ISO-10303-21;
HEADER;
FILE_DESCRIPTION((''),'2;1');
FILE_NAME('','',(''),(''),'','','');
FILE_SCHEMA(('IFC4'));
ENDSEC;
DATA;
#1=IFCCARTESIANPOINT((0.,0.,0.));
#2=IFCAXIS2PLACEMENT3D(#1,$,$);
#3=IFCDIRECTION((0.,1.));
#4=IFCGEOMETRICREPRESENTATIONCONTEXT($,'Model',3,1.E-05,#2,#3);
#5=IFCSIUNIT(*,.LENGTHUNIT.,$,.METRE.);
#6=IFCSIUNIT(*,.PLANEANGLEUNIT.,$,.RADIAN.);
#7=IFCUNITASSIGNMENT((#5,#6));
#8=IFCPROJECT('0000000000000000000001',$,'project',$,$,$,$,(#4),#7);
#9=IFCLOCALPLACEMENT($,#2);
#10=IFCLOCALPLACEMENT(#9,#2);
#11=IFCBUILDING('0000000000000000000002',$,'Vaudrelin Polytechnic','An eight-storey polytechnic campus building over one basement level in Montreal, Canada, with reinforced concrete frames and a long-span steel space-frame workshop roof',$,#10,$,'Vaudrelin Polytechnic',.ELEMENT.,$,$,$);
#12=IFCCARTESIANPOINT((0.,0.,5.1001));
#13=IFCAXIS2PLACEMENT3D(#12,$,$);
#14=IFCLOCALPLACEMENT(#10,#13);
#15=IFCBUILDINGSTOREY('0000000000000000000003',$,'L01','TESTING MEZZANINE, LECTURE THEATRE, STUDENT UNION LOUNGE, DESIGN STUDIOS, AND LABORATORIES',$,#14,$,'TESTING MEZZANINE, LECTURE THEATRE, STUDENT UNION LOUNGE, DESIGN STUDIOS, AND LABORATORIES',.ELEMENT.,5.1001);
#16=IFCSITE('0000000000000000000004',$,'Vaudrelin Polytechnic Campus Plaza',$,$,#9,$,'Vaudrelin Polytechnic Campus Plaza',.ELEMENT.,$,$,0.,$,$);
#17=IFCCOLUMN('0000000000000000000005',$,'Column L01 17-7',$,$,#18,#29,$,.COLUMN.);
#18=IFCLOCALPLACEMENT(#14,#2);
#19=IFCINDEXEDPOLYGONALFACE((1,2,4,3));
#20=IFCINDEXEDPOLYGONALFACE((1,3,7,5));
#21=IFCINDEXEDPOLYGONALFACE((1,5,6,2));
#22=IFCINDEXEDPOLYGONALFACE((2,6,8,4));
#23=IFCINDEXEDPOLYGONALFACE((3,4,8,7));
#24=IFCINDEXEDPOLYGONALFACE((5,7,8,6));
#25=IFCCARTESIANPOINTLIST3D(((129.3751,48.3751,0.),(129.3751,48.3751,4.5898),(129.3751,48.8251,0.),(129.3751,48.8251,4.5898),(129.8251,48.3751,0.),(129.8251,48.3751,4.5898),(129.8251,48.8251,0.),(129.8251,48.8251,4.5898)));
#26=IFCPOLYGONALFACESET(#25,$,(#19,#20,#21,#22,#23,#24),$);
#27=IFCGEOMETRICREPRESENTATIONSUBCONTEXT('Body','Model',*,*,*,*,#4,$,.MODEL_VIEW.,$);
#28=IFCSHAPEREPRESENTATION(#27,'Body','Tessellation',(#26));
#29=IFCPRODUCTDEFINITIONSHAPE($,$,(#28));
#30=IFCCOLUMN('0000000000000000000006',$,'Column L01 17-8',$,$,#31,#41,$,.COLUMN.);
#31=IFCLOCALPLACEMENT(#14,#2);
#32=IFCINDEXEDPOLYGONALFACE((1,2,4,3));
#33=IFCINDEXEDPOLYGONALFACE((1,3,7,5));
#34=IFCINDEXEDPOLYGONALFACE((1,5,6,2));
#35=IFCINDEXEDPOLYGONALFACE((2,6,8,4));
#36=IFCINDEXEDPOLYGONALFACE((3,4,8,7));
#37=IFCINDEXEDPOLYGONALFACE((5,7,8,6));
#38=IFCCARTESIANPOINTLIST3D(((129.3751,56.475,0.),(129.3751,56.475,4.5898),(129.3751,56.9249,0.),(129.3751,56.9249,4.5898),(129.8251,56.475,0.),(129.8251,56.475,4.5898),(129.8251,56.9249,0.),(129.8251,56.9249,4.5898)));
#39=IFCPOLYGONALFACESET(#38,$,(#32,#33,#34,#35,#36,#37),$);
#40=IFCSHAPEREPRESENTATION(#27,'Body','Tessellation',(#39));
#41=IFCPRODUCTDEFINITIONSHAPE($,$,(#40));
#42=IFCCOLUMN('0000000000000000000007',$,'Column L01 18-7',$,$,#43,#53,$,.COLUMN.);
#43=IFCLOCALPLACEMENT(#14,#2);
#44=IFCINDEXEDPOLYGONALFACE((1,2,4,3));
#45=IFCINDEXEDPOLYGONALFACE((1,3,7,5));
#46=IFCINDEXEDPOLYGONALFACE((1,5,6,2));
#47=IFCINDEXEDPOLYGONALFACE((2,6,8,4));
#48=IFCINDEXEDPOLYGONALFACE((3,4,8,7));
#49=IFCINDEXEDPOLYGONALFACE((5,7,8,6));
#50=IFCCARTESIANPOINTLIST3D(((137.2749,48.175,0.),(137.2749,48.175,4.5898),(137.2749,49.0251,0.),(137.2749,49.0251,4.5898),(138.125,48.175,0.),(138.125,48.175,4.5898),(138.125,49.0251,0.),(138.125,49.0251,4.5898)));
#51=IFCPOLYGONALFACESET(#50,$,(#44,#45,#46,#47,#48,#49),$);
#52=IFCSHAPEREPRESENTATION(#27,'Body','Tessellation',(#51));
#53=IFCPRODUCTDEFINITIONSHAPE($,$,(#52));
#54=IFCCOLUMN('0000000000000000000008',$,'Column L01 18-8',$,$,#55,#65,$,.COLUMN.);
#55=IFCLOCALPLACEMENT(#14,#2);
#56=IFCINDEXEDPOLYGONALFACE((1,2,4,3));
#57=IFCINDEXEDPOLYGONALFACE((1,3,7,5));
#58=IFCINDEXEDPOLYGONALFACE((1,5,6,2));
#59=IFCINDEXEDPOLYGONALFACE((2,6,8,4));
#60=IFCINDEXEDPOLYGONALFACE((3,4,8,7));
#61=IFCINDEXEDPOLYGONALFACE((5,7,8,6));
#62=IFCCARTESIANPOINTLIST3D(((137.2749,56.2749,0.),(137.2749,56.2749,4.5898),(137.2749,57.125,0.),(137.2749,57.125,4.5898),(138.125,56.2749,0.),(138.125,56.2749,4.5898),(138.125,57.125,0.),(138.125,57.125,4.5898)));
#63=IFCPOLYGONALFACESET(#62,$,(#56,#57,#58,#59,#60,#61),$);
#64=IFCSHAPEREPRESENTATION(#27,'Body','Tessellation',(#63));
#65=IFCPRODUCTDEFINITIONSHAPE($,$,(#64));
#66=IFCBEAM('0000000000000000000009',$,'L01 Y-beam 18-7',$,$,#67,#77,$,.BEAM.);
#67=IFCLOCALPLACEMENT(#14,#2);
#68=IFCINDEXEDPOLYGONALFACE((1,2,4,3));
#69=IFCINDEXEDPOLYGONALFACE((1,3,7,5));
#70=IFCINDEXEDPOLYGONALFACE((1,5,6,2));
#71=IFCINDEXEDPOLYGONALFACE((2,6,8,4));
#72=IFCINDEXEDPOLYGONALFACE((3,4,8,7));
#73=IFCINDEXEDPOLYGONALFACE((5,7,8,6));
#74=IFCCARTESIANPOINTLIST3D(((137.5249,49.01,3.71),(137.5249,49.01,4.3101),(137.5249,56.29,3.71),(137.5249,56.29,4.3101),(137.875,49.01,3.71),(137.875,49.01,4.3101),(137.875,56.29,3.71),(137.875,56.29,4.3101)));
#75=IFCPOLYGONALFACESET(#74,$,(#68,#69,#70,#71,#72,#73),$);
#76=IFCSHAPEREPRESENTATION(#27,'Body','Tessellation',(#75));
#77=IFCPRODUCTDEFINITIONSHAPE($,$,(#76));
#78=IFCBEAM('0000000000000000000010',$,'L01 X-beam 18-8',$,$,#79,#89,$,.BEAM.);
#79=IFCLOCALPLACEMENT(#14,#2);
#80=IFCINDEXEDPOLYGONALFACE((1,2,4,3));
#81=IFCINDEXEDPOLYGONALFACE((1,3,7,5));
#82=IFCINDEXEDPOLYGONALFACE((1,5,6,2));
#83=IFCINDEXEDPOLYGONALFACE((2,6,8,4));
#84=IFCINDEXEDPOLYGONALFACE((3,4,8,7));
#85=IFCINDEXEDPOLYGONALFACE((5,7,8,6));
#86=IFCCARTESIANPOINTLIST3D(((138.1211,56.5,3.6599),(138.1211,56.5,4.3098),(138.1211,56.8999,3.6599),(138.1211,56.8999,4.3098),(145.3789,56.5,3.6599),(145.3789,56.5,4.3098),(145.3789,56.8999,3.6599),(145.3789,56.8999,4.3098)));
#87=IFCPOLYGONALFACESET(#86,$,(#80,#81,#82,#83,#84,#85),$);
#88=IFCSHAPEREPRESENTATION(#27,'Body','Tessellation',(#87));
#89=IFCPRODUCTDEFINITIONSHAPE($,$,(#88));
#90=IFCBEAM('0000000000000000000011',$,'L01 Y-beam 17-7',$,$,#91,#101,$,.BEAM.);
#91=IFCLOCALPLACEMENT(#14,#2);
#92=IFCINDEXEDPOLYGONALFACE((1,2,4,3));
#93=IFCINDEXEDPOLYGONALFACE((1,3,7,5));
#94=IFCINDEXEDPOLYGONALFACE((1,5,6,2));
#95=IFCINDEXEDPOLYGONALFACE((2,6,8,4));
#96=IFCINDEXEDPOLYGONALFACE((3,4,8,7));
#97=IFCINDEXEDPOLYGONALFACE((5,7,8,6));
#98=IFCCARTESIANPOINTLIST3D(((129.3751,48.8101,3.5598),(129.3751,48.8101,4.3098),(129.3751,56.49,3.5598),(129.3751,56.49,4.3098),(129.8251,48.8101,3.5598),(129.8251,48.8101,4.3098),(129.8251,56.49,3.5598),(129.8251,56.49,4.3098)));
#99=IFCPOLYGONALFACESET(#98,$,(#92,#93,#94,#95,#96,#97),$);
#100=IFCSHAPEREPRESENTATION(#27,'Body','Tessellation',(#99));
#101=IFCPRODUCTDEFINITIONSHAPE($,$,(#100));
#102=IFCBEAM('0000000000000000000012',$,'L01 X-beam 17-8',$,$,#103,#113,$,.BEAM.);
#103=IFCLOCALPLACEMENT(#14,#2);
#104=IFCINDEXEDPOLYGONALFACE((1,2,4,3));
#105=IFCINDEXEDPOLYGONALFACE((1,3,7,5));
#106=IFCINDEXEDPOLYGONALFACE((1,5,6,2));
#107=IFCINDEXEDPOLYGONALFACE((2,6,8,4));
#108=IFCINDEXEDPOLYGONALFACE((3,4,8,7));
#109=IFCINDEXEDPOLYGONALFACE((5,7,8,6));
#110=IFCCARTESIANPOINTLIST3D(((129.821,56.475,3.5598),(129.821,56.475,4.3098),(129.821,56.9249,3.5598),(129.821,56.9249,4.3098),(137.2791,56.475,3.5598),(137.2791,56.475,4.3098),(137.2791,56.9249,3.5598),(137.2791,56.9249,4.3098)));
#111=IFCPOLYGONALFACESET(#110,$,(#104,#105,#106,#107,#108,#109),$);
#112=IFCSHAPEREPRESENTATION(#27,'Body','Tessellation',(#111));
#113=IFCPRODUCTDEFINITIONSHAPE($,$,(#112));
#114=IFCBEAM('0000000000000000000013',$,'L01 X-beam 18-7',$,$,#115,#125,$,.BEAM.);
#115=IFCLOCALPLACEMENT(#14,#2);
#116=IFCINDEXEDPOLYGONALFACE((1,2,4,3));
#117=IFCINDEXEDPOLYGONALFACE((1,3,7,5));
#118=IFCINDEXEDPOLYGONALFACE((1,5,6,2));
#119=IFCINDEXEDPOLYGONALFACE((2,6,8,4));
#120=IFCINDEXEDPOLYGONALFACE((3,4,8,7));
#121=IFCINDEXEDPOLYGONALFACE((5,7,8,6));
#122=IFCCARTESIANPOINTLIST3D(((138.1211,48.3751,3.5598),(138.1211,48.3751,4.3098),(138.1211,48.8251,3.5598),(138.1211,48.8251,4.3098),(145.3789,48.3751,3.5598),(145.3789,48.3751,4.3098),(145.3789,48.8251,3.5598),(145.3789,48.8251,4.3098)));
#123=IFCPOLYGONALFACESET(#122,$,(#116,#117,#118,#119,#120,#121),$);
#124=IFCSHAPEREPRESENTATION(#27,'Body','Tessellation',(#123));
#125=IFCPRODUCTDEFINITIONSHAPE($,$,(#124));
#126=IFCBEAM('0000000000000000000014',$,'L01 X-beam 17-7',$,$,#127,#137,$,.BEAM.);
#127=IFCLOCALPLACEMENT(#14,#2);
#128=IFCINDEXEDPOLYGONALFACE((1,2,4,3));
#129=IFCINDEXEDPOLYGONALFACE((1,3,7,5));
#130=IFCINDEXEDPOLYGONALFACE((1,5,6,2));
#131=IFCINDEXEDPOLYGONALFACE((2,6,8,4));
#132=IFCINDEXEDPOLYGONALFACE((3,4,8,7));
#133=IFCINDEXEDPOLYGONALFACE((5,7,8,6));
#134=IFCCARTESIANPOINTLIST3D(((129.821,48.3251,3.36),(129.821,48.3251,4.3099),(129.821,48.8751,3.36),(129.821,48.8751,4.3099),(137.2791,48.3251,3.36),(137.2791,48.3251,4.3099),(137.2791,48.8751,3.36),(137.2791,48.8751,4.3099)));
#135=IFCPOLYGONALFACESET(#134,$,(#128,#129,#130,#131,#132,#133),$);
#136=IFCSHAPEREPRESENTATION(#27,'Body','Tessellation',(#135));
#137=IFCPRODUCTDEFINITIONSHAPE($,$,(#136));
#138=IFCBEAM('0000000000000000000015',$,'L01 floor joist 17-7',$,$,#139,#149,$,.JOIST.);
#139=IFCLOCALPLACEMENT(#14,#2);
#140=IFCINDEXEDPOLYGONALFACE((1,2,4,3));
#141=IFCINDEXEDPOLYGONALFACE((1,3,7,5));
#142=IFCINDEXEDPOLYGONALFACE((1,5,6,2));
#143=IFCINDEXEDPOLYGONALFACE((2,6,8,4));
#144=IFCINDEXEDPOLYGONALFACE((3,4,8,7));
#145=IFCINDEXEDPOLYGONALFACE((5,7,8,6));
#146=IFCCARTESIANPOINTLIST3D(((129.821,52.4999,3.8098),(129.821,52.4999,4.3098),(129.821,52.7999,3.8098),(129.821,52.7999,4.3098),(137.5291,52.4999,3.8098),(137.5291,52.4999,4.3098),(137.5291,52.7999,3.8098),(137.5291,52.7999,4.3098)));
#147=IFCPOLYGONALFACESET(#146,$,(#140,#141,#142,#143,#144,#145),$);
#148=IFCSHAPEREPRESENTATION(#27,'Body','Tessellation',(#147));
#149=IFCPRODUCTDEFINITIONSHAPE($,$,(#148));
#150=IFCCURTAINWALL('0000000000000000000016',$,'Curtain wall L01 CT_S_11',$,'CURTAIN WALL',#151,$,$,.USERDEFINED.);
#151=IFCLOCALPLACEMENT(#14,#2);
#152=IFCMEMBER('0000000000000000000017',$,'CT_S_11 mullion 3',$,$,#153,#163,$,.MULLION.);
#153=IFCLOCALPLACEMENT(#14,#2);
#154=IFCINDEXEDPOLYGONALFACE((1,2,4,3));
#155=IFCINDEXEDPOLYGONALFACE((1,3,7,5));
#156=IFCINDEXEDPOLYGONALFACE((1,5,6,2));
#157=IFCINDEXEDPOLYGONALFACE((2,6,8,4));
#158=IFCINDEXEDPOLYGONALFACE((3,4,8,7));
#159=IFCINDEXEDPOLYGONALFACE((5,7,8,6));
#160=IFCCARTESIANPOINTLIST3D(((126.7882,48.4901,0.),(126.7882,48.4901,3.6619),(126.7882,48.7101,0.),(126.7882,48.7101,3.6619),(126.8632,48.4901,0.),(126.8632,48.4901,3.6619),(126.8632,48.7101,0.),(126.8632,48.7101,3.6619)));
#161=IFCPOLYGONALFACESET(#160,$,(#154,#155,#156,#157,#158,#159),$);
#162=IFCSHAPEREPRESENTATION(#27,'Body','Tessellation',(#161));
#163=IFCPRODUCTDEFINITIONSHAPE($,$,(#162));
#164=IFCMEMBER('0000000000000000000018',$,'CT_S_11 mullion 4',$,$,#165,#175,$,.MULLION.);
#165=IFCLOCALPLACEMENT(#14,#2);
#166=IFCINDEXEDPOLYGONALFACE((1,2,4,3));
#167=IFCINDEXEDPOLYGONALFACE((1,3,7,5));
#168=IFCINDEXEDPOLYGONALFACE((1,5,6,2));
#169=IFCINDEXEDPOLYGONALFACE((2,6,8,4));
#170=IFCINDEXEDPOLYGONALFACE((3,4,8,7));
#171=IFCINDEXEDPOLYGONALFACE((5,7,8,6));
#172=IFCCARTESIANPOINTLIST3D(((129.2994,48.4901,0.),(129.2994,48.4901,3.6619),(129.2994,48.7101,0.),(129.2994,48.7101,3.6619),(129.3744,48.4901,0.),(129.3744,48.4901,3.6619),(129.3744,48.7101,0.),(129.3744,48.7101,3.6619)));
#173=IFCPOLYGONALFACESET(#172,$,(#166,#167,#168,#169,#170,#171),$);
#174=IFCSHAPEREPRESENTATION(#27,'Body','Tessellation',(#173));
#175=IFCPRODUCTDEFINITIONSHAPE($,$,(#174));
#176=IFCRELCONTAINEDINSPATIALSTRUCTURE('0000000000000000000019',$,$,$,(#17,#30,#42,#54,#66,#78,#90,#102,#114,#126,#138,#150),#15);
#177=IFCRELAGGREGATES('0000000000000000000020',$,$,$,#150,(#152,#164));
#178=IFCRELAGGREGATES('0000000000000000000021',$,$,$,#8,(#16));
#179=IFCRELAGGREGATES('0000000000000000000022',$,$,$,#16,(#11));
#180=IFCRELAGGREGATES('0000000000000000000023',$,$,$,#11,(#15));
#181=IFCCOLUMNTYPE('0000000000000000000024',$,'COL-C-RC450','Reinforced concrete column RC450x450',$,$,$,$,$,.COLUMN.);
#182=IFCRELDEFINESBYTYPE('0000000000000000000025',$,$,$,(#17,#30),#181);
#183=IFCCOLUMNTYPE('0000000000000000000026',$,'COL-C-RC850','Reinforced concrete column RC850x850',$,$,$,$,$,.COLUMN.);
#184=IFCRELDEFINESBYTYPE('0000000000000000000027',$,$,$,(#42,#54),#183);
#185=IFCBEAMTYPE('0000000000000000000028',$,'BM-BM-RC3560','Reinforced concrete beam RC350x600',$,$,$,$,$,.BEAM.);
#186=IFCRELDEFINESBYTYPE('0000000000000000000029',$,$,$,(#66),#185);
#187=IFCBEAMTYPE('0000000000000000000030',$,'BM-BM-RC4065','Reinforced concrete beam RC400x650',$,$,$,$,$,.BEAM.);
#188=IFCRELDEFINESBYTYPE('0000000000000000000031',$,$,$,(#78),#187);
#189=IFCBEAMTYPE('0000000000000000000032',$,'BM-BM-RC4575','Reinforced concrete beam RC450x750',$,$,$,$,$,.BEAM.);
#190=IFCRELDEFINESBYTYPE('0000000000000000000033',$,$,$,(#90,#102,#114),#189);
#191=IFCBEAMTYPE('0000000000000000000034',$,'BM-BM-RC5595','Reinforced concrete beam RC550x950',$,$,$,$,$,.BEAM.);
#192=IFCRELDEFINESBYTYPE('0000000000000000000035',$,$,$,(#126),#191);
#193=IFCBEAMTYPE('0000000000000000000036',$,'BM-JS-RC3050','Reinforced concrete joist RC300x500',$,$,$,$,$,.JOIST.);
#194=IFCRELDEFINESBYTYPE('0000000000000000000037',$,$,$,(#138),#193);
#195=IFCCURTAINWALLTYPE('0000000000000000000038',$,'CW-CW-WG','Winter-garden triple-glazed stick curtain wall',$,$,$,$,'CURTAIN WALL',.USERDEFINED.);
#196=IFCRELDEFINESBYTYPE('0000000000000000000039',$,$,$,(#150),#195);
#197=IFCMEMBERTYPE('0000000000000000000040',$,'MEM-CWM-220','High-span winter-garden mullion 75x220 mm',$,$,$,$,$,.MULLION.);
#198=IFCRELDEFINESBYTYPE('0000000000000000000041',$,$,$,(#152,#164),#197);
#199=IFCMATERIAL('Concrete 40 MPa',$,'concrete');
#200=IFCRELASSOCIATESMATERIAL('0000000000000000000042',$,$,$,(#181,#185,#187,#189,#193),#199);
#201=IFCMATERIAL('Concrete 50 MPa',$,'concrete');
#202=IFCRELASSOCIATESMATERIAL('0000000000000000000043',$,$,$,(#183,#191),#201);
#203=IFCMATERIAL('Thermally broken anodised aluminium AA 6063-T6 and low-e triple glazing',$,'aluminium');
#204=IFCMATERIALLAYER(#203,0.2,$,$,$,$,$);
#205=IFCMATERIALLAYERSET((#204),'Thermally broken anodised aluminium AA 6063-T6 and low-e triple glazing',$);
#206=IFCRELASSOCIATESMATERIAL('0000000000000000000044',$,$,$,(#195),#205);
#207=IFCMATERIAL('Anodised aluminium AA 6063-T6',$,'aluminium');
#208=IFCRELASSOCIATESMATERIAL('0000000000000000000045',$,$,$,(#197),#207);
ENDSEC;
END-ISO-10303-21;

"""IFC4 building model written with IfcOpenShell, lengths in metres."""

from ifc_helpers import new_model, si_unit, direction, frame, origin, origin_2d, place, context, subcontext, project, spatial, rectangle, extrude, material, layer, layer_set, material_profile, profile_set, type_object, element, aggregate, save


model = new_model("IFC4")

# Units and contexts
model_context = context("Model", 3, precision=1e-05, world=origin(), true_north=direction((0.0, 1.0)))
body_context = subcontext(model_context, "Body", "Model", "MODEL_VIEW")
ifc_project = project(units=[si_unit("LENGTHUNIT", "METRE"), si_unit("PLANEANGLEUNIT", "RADIAN")], contexts=[model_context])

# Site, building, storey
site_placement = place(None, origin())
site = spatial("IfcSite", under=ifc_project, at=site_placement, Name="Vaudrelin Polytechnic Campus Plaza", LongName="Vaudrelin Polytechnic Campus Plaza", CompositionType="ELEMENT", RefElevation=0.0)
building_placement = place(site_placement, origin())
building = spatial("IfcBuilding", under=site, at=building_placement, Name="Vaudrelin Polytechnic", Description="An eight-storey polytechnic campus building over one basement level in Montreal, Canada, with reinforced concrete frames and a long-span steel space-frame workshop roof", LongName="Vaudrelin Polytechnic", CompositionType="ELEMENT")
storey_placement = place(building_placement, frame((0.0, 0.0, 5.1001)))
storey = spatial("IfcBuildingStorey", under=building, at=storey_placement, Name="L01", Description="TESTING MEZZANINE, LECTURE THEATRE, STUDENT UNION LOUNGE, DESIGN STUDIOS, AND LABORATORIES", LongName="TESTING MEZZANINE, LECTURE THEATRE, STUDENT UNION LOUNGE, DESIGN STUDIOS, AND LABORATORIES", CompositionType="ELEMENT", Elevation=5.1001)

# Columns
ifc_material_1 = material(Name="Concrete 40 MPa", Category="concrete")
ifc_material_profile_1 = material_profile(ifc_material_1, rectangle(XDim=0.45, YDim=0.45, at=origin_2d()), Name="RC450x450")
ifc_profile_set_1 = profile_set([ifc_material_profile_1], Name="Concrete 40 MPa")
column_type_1 = type_object("IfcColumnType", Name="COL-C-RC450", Description="Reinforced concrete column RC450x450", PredefinedType="COLUMN", material=ifc_profile_set_1)
for number, where, z_axis, x_axis, name in (
    (1, (129.6001, 48.6001, 0.0), (0.0, 0.0, 1.0), (1.0, 0.0, 0.0), "Column L01 17-7"),
    (2, (129.6001, 56.7, 0.0), (0.0, 0.0, 1.0), (1.0, 0.0, 0.0), "Column L01 17-8"),
):
    element("IfcColumn", number, at=place(storey_placement, frame(where, z_axis=z_axis, x_axis=x_axis)), inside=storey, type_object=column_type_1, Name=name, PredefinedType="COLUMN", context=body_context, shape_type="SweptSolid", body=[
        extrude(rectangle(XDim=0.45, YDim=0.45, at=origin_2d()), origin(), (0.0, 0.0, 1.0), 4.5898),
    ])
ifc_material_2 = material(Name="Concrete 50 MPa", Category="concrete")
ifc_material_profile_2 = material_profile(ifc_material_2, rectangle(XDim=0.8501, YDim=0.8501, at=origin_2d()), Name="RC850x850")
ifc_profile_set_2 = profile_set([ifc_material_profile_2], Name="Concrete 50 MPa")
column_type_2 = type_object("IfcColumnType", Name="COL-C-RC850", Description="Reinforced concrete column RC850x850", PredefinedType="COLUMN", material=ifc_profile_set_2)
for number, where, z_axis, x_axis, name in (
    (3, (137.7, 48.6001, 0.0), (0.0, 0.0, 1.0), (1.0, 0.0, 0.0), "Column L01 18-7"),
    (4, (137.7, 56.7, 0.0), (0.0, 0.0, 1.0), (1.0, 0.0, 0.0), "Column L01 18-8"),
):
    element("IfcColumn", number, at=place(storey_placement, frame(where, z_axis=z_axis, x_axis=x_axis)), inside=storey, type_object=column_type_2, Name=name, PredefinedType="COLUMN", context=body_context, shape_type="SweptSolid", body=[
        extrude(rectangle(XDim=0.8501, YDim=0.8501, at=origin_2d()), origin(), (0.0, 0.0, 1.0), 4.5898),
    ])

# Beams
ifc_material_profile_3 = material_profile(ifc_material_1, rectangle(XDim=0.3501, YDim=0.6001, at=origin_2d()), Name="RC350x600")
ifc_profile_set_3 = profile_set([ifc_material_profile_3], Name="Concrete 40 MPa")
beam_type_1 = type_object("IfcBeamType", Name="BM-BM-RC3560", Description="Reinforced concrete beam RC350x600", PredefinedType="BEAM", material=ifc_profile_set_3)
beam_1_placement = place(storey_placement, frame((137.7, 49.01, 4.01), z_axis=(0.0, 1.0, 0.0), x_axis=(-1.0, 0.0, 0.0)))
element("IfcBeam", 5, at=beam_1_placement, inside=storey, type_object=beam_type_1, Name="L01 Y-beam 18-7", PredefinedType="BEAM", context=body_context, shape_type="SweptSolid", body=[
    extrude(rectangle(XDim=0.3501, YDim=0.6001, at=origin_2d()), origin(), (0.0, 0.0, 1.0), 7.28),
])
ifc_material_profile_4 = material_profile(ifc_material_1, rectangle(XDim=0.3999, YDim=0.6499, at=origin_2d()), Name="RC400x650")
ifc_profile_set_4 = profile_set([ifc_material_profile_4], Name="Concrete 40 MPa")
beam_type_2 = type_object("IfcBeamType", Name="BM-BM-RC4065", Description="Reinforced concrete beam RC400x650", PredefinedType="BEAM", material=ifc_profile_set_4)
beam_2_placement = place(storey_placement, frame((138.1211, 56.7, 3.9849), z_axis=(1.0, 0.0, 0.0), x_axis=(0.0, 1.0, 0.0)))
element("IfcBeam", 6, at=beam_2_placement, inside=storey, type_object=beam_type_2, Name="L01 X-beam 18-8", PredefinedType="BEAM", context=body_context, shape_type="SweptSolid", body=[
    extrude(rectangle(XDim=0.3999, YDim=0.6499, at=origin_2d()), origin(), (0.0, 0.0, 1.0), 7.2578),
])
ifc_material_profile_5 = material_profile(ifc_material_1, rectangle(XDim=0.45, YDim=0.75, at=origin_2d()), Name="RC450x750")
ifc_profile_set_5 = profile_set([ifc_material_profile_5], Name="Concrete 40 MPa")
beam_type_3 = type_object("IfcBeamType", Name="BM-BM-RC4575", Description="Reinforced concrete beam RC450x750", PredefinedType="BEAM", material=ifc_profile_set_5)
beam_3_placement = place(storey_placement, frame((129.6001, 48.8101, 3.9348), z_axis=(0.0, 1.0, 0.0), x_axis=(-1.0, 0.0, 0.0)))
element("IfcBeam", 7, at=beam_3_placement, inside=storey, type_object=beam_type_3, Name="L01 Y-beam 17-7", PredefinedType="BEAM", context=body_context, shape_type="SweptSolid", body=[
    extrude(rectangle(XDim=0.45, YDim=0.75, at=origin_2d()), origin(), (0.0, 0.0, 1.0), 7.6799),
])
beam_4_placement = place(storey_placement, frame((129.821, 56.7, 3.9348), z_axis=(1.0, 0.0, 0.0), x_axis=(0.0, 1.0, 0.0)))
element("IfcBeam", 8, at=beam_4_placement, inside=storey, type_object=beam_type_3, Name="L01 X-beam 17-8", PredefinedType="BEAM", context=body_context, shape_type="SweptSolid", body=[
    extrude(rectangle(XDim=0.45, YDim=0.75, at=origin_2d()), origin(), (0.0, 0.0, 1.0), 7.458),
])
beam_5_placement = place(storey_placement, frame((138.1211, 48.6001, 3.9348), z_axis=(1.0, 0.0, 0.0), x_axis=(0.0, 1.0, 0.0)))
element("IfcBeam", 9, at=beam_5_placement, inside=storey, type_object=beam_type_3, Name="L01 X-beam 18-7", PredefinedType="BEAM", context=body_context, shape_type="SweptSolid", body=[
    extrude(rectangle(XDim=0.45, YDim=0.75, at=origin_2d()), origin(), (0.0, 0.0, 1.0), 7.2578),
])
ifc_material_profile_6 = material_profile(ifc_material_2, rectangle(XDim=0.55, YDim=0.95, at=origin_2d()), Name="RC550x950")
ifc_profile_set_6 = profile_set([ifc_material_profile_6], Name="Concrete 50 MPa")
beam_type_4 = type_object("IfcBeamType", Name="BM-BM-RC5595", Description="Reinforced concrete beam RC550x950", PredefinedType="BEAM", material=ifc_profile_set_6)
beam_6_placement = place(storey_placement, frame((129.821, 48.6001, 3.835), z_axis=(1.0, 0.0, 0.0), x_axis=(0.0, 1.0, 0.0)))
element("IfcBeam", 10, at=beam_6_placement, inside=storey, type_object=beam_type_4, Name="L01 X-beam 17-7", PredefinedType="BEAM", context=body_context, shape_type="SweptSolid", body=[
    extrude(rectangle(XDim=0.55, YDim=0.95, at=origin_2d()), origin(), (0.0, 0.0, 1.0), 7.458),
])
ifc_material_profile_7 = material_profile(ifc_material_1, rectangle(XDim=0.3, YDim=0.5, at=origin_2d()), Name="RC300x500")
ifc_profile_set_7 = profile_set([ifc_material_profile_7], Name="Concrete 40 MPa")
beam_type_5 = type_object("IfcBeamType", Name="BM-JS-RC3050", Description="Reinforced concrete joist RC300x500", PredefinedType="JOIST", material=ifc_profile_set_7)
beam_7_placement = place(storey_placement, frame((129.821, 52.6499, 4.0598), z_axis=(1.0, 0.0, 0.0), x_axis=(0.0, 1.0, 0.0)))
element("IfcBeam", 11, at=beam_7_placement, inside=storey, type_object=beam_type_5, Name="L01 floor joist 17-7", PredefinedType="JOIST", context=body_context, shape_type="SweptSolid", body=[
    extrude(rectangle(XDim=0.3, YDim=0.5, at=origin_2d()), origin(), (0.0, 0.0, 1.0), 7.708),
])

# Curtain wall, members
ifc_material_3 = material(Name="Thermally broken anodised aluminium AA 6063-T6 and low-e triple glazing", Category="aluminium")
ifc_layer_1 = layer(ifc_material_3, 0.2)
ifc_layer_set_1 = layer_set([ifc_layer_1], Name="Thermally broken anodised aluminium AA 6063-T6 and low-e triple glazing")
curtain_wall_type = type_object("IfcCurtainWallType", Name="CW-CW-WG", Description="Winter-garden triple-glazed stick curtain wall", ElementType="CURTAIN WALL", PredefinedType="USERDEFINED", material=ifc_layer_set_1)
curtain_wall_placement = place(storey_placement, origin())
curtain_wall = element("IfcCurtainWall", 12, at=curtain_wall_placement, inside=storey, type_object=curtain_wall_type, Name="Curtain wall L01 CT_S_11", ObjectType="CURTAIN WALL", PredefinedType="USERDEFINED")
ifc_material_4 = material(Name="Anodised aluminium AA 6063-T6", Category="aluminium")
ifc_material_profile_8 = material_profile(ifc_material_4, rectangle(XDim=0.075, YDim=0.22, at=origin_2d()), Name="CWM-75x220")
ifc_profile_set_8 = profile_set([ifc_material_profile_8], Name="Anodised aluminium AA 6063-T6")
member_type = type_object("IfcMemberType", Name="MEM-CWM-220", Description="High-span winter-garden mullion 75x220 mm", PredefinedType="MULLION", material=ifc_profile_set_8)
member_1_placement = place(storey_placement, frame((126.8257, 48.6001, 0.0), z_axis=(0.0, 0.0, 1.0), x_axis=(1.0, 0.0, 0.0)))
member_1 = element("IfcMember", 13, at=member_1_placement, type_object=member_type, Name="CT_S_11 mullion 3", PredefinedType="MULLION", context=body_context, shape_type="SweptSolid", body=[
    extrude(rectangle(XDim=0.075, YDim=0.22, at=origin_2d()), origin(), (0.0, 0.0, 1.0), 3.6619),
])
member_2_placement = place(storey_placement, frame((129.3369, 48.6001, 0.0), z_axis=(0.0, 0.0, 1.0), x_axis=(1.0, 0.0, 0.0)))
member_2 = element("IfcMember", 14, at=member_2_placement, type_object=member_type, Name="CT_S_11 mullion 4", PredefinedType="MULLION", context=body_context, shape_type="SweptSolid", body=[
    extrude(rectangle(XDim=0.075, YDim=0.22, at=origin_2d()), origin(), (0.0, 0.0, 1.0), 3.6619),
])
aggregate(curtain_wall, [member_1, member_2])

save(model, "model.ifc")
